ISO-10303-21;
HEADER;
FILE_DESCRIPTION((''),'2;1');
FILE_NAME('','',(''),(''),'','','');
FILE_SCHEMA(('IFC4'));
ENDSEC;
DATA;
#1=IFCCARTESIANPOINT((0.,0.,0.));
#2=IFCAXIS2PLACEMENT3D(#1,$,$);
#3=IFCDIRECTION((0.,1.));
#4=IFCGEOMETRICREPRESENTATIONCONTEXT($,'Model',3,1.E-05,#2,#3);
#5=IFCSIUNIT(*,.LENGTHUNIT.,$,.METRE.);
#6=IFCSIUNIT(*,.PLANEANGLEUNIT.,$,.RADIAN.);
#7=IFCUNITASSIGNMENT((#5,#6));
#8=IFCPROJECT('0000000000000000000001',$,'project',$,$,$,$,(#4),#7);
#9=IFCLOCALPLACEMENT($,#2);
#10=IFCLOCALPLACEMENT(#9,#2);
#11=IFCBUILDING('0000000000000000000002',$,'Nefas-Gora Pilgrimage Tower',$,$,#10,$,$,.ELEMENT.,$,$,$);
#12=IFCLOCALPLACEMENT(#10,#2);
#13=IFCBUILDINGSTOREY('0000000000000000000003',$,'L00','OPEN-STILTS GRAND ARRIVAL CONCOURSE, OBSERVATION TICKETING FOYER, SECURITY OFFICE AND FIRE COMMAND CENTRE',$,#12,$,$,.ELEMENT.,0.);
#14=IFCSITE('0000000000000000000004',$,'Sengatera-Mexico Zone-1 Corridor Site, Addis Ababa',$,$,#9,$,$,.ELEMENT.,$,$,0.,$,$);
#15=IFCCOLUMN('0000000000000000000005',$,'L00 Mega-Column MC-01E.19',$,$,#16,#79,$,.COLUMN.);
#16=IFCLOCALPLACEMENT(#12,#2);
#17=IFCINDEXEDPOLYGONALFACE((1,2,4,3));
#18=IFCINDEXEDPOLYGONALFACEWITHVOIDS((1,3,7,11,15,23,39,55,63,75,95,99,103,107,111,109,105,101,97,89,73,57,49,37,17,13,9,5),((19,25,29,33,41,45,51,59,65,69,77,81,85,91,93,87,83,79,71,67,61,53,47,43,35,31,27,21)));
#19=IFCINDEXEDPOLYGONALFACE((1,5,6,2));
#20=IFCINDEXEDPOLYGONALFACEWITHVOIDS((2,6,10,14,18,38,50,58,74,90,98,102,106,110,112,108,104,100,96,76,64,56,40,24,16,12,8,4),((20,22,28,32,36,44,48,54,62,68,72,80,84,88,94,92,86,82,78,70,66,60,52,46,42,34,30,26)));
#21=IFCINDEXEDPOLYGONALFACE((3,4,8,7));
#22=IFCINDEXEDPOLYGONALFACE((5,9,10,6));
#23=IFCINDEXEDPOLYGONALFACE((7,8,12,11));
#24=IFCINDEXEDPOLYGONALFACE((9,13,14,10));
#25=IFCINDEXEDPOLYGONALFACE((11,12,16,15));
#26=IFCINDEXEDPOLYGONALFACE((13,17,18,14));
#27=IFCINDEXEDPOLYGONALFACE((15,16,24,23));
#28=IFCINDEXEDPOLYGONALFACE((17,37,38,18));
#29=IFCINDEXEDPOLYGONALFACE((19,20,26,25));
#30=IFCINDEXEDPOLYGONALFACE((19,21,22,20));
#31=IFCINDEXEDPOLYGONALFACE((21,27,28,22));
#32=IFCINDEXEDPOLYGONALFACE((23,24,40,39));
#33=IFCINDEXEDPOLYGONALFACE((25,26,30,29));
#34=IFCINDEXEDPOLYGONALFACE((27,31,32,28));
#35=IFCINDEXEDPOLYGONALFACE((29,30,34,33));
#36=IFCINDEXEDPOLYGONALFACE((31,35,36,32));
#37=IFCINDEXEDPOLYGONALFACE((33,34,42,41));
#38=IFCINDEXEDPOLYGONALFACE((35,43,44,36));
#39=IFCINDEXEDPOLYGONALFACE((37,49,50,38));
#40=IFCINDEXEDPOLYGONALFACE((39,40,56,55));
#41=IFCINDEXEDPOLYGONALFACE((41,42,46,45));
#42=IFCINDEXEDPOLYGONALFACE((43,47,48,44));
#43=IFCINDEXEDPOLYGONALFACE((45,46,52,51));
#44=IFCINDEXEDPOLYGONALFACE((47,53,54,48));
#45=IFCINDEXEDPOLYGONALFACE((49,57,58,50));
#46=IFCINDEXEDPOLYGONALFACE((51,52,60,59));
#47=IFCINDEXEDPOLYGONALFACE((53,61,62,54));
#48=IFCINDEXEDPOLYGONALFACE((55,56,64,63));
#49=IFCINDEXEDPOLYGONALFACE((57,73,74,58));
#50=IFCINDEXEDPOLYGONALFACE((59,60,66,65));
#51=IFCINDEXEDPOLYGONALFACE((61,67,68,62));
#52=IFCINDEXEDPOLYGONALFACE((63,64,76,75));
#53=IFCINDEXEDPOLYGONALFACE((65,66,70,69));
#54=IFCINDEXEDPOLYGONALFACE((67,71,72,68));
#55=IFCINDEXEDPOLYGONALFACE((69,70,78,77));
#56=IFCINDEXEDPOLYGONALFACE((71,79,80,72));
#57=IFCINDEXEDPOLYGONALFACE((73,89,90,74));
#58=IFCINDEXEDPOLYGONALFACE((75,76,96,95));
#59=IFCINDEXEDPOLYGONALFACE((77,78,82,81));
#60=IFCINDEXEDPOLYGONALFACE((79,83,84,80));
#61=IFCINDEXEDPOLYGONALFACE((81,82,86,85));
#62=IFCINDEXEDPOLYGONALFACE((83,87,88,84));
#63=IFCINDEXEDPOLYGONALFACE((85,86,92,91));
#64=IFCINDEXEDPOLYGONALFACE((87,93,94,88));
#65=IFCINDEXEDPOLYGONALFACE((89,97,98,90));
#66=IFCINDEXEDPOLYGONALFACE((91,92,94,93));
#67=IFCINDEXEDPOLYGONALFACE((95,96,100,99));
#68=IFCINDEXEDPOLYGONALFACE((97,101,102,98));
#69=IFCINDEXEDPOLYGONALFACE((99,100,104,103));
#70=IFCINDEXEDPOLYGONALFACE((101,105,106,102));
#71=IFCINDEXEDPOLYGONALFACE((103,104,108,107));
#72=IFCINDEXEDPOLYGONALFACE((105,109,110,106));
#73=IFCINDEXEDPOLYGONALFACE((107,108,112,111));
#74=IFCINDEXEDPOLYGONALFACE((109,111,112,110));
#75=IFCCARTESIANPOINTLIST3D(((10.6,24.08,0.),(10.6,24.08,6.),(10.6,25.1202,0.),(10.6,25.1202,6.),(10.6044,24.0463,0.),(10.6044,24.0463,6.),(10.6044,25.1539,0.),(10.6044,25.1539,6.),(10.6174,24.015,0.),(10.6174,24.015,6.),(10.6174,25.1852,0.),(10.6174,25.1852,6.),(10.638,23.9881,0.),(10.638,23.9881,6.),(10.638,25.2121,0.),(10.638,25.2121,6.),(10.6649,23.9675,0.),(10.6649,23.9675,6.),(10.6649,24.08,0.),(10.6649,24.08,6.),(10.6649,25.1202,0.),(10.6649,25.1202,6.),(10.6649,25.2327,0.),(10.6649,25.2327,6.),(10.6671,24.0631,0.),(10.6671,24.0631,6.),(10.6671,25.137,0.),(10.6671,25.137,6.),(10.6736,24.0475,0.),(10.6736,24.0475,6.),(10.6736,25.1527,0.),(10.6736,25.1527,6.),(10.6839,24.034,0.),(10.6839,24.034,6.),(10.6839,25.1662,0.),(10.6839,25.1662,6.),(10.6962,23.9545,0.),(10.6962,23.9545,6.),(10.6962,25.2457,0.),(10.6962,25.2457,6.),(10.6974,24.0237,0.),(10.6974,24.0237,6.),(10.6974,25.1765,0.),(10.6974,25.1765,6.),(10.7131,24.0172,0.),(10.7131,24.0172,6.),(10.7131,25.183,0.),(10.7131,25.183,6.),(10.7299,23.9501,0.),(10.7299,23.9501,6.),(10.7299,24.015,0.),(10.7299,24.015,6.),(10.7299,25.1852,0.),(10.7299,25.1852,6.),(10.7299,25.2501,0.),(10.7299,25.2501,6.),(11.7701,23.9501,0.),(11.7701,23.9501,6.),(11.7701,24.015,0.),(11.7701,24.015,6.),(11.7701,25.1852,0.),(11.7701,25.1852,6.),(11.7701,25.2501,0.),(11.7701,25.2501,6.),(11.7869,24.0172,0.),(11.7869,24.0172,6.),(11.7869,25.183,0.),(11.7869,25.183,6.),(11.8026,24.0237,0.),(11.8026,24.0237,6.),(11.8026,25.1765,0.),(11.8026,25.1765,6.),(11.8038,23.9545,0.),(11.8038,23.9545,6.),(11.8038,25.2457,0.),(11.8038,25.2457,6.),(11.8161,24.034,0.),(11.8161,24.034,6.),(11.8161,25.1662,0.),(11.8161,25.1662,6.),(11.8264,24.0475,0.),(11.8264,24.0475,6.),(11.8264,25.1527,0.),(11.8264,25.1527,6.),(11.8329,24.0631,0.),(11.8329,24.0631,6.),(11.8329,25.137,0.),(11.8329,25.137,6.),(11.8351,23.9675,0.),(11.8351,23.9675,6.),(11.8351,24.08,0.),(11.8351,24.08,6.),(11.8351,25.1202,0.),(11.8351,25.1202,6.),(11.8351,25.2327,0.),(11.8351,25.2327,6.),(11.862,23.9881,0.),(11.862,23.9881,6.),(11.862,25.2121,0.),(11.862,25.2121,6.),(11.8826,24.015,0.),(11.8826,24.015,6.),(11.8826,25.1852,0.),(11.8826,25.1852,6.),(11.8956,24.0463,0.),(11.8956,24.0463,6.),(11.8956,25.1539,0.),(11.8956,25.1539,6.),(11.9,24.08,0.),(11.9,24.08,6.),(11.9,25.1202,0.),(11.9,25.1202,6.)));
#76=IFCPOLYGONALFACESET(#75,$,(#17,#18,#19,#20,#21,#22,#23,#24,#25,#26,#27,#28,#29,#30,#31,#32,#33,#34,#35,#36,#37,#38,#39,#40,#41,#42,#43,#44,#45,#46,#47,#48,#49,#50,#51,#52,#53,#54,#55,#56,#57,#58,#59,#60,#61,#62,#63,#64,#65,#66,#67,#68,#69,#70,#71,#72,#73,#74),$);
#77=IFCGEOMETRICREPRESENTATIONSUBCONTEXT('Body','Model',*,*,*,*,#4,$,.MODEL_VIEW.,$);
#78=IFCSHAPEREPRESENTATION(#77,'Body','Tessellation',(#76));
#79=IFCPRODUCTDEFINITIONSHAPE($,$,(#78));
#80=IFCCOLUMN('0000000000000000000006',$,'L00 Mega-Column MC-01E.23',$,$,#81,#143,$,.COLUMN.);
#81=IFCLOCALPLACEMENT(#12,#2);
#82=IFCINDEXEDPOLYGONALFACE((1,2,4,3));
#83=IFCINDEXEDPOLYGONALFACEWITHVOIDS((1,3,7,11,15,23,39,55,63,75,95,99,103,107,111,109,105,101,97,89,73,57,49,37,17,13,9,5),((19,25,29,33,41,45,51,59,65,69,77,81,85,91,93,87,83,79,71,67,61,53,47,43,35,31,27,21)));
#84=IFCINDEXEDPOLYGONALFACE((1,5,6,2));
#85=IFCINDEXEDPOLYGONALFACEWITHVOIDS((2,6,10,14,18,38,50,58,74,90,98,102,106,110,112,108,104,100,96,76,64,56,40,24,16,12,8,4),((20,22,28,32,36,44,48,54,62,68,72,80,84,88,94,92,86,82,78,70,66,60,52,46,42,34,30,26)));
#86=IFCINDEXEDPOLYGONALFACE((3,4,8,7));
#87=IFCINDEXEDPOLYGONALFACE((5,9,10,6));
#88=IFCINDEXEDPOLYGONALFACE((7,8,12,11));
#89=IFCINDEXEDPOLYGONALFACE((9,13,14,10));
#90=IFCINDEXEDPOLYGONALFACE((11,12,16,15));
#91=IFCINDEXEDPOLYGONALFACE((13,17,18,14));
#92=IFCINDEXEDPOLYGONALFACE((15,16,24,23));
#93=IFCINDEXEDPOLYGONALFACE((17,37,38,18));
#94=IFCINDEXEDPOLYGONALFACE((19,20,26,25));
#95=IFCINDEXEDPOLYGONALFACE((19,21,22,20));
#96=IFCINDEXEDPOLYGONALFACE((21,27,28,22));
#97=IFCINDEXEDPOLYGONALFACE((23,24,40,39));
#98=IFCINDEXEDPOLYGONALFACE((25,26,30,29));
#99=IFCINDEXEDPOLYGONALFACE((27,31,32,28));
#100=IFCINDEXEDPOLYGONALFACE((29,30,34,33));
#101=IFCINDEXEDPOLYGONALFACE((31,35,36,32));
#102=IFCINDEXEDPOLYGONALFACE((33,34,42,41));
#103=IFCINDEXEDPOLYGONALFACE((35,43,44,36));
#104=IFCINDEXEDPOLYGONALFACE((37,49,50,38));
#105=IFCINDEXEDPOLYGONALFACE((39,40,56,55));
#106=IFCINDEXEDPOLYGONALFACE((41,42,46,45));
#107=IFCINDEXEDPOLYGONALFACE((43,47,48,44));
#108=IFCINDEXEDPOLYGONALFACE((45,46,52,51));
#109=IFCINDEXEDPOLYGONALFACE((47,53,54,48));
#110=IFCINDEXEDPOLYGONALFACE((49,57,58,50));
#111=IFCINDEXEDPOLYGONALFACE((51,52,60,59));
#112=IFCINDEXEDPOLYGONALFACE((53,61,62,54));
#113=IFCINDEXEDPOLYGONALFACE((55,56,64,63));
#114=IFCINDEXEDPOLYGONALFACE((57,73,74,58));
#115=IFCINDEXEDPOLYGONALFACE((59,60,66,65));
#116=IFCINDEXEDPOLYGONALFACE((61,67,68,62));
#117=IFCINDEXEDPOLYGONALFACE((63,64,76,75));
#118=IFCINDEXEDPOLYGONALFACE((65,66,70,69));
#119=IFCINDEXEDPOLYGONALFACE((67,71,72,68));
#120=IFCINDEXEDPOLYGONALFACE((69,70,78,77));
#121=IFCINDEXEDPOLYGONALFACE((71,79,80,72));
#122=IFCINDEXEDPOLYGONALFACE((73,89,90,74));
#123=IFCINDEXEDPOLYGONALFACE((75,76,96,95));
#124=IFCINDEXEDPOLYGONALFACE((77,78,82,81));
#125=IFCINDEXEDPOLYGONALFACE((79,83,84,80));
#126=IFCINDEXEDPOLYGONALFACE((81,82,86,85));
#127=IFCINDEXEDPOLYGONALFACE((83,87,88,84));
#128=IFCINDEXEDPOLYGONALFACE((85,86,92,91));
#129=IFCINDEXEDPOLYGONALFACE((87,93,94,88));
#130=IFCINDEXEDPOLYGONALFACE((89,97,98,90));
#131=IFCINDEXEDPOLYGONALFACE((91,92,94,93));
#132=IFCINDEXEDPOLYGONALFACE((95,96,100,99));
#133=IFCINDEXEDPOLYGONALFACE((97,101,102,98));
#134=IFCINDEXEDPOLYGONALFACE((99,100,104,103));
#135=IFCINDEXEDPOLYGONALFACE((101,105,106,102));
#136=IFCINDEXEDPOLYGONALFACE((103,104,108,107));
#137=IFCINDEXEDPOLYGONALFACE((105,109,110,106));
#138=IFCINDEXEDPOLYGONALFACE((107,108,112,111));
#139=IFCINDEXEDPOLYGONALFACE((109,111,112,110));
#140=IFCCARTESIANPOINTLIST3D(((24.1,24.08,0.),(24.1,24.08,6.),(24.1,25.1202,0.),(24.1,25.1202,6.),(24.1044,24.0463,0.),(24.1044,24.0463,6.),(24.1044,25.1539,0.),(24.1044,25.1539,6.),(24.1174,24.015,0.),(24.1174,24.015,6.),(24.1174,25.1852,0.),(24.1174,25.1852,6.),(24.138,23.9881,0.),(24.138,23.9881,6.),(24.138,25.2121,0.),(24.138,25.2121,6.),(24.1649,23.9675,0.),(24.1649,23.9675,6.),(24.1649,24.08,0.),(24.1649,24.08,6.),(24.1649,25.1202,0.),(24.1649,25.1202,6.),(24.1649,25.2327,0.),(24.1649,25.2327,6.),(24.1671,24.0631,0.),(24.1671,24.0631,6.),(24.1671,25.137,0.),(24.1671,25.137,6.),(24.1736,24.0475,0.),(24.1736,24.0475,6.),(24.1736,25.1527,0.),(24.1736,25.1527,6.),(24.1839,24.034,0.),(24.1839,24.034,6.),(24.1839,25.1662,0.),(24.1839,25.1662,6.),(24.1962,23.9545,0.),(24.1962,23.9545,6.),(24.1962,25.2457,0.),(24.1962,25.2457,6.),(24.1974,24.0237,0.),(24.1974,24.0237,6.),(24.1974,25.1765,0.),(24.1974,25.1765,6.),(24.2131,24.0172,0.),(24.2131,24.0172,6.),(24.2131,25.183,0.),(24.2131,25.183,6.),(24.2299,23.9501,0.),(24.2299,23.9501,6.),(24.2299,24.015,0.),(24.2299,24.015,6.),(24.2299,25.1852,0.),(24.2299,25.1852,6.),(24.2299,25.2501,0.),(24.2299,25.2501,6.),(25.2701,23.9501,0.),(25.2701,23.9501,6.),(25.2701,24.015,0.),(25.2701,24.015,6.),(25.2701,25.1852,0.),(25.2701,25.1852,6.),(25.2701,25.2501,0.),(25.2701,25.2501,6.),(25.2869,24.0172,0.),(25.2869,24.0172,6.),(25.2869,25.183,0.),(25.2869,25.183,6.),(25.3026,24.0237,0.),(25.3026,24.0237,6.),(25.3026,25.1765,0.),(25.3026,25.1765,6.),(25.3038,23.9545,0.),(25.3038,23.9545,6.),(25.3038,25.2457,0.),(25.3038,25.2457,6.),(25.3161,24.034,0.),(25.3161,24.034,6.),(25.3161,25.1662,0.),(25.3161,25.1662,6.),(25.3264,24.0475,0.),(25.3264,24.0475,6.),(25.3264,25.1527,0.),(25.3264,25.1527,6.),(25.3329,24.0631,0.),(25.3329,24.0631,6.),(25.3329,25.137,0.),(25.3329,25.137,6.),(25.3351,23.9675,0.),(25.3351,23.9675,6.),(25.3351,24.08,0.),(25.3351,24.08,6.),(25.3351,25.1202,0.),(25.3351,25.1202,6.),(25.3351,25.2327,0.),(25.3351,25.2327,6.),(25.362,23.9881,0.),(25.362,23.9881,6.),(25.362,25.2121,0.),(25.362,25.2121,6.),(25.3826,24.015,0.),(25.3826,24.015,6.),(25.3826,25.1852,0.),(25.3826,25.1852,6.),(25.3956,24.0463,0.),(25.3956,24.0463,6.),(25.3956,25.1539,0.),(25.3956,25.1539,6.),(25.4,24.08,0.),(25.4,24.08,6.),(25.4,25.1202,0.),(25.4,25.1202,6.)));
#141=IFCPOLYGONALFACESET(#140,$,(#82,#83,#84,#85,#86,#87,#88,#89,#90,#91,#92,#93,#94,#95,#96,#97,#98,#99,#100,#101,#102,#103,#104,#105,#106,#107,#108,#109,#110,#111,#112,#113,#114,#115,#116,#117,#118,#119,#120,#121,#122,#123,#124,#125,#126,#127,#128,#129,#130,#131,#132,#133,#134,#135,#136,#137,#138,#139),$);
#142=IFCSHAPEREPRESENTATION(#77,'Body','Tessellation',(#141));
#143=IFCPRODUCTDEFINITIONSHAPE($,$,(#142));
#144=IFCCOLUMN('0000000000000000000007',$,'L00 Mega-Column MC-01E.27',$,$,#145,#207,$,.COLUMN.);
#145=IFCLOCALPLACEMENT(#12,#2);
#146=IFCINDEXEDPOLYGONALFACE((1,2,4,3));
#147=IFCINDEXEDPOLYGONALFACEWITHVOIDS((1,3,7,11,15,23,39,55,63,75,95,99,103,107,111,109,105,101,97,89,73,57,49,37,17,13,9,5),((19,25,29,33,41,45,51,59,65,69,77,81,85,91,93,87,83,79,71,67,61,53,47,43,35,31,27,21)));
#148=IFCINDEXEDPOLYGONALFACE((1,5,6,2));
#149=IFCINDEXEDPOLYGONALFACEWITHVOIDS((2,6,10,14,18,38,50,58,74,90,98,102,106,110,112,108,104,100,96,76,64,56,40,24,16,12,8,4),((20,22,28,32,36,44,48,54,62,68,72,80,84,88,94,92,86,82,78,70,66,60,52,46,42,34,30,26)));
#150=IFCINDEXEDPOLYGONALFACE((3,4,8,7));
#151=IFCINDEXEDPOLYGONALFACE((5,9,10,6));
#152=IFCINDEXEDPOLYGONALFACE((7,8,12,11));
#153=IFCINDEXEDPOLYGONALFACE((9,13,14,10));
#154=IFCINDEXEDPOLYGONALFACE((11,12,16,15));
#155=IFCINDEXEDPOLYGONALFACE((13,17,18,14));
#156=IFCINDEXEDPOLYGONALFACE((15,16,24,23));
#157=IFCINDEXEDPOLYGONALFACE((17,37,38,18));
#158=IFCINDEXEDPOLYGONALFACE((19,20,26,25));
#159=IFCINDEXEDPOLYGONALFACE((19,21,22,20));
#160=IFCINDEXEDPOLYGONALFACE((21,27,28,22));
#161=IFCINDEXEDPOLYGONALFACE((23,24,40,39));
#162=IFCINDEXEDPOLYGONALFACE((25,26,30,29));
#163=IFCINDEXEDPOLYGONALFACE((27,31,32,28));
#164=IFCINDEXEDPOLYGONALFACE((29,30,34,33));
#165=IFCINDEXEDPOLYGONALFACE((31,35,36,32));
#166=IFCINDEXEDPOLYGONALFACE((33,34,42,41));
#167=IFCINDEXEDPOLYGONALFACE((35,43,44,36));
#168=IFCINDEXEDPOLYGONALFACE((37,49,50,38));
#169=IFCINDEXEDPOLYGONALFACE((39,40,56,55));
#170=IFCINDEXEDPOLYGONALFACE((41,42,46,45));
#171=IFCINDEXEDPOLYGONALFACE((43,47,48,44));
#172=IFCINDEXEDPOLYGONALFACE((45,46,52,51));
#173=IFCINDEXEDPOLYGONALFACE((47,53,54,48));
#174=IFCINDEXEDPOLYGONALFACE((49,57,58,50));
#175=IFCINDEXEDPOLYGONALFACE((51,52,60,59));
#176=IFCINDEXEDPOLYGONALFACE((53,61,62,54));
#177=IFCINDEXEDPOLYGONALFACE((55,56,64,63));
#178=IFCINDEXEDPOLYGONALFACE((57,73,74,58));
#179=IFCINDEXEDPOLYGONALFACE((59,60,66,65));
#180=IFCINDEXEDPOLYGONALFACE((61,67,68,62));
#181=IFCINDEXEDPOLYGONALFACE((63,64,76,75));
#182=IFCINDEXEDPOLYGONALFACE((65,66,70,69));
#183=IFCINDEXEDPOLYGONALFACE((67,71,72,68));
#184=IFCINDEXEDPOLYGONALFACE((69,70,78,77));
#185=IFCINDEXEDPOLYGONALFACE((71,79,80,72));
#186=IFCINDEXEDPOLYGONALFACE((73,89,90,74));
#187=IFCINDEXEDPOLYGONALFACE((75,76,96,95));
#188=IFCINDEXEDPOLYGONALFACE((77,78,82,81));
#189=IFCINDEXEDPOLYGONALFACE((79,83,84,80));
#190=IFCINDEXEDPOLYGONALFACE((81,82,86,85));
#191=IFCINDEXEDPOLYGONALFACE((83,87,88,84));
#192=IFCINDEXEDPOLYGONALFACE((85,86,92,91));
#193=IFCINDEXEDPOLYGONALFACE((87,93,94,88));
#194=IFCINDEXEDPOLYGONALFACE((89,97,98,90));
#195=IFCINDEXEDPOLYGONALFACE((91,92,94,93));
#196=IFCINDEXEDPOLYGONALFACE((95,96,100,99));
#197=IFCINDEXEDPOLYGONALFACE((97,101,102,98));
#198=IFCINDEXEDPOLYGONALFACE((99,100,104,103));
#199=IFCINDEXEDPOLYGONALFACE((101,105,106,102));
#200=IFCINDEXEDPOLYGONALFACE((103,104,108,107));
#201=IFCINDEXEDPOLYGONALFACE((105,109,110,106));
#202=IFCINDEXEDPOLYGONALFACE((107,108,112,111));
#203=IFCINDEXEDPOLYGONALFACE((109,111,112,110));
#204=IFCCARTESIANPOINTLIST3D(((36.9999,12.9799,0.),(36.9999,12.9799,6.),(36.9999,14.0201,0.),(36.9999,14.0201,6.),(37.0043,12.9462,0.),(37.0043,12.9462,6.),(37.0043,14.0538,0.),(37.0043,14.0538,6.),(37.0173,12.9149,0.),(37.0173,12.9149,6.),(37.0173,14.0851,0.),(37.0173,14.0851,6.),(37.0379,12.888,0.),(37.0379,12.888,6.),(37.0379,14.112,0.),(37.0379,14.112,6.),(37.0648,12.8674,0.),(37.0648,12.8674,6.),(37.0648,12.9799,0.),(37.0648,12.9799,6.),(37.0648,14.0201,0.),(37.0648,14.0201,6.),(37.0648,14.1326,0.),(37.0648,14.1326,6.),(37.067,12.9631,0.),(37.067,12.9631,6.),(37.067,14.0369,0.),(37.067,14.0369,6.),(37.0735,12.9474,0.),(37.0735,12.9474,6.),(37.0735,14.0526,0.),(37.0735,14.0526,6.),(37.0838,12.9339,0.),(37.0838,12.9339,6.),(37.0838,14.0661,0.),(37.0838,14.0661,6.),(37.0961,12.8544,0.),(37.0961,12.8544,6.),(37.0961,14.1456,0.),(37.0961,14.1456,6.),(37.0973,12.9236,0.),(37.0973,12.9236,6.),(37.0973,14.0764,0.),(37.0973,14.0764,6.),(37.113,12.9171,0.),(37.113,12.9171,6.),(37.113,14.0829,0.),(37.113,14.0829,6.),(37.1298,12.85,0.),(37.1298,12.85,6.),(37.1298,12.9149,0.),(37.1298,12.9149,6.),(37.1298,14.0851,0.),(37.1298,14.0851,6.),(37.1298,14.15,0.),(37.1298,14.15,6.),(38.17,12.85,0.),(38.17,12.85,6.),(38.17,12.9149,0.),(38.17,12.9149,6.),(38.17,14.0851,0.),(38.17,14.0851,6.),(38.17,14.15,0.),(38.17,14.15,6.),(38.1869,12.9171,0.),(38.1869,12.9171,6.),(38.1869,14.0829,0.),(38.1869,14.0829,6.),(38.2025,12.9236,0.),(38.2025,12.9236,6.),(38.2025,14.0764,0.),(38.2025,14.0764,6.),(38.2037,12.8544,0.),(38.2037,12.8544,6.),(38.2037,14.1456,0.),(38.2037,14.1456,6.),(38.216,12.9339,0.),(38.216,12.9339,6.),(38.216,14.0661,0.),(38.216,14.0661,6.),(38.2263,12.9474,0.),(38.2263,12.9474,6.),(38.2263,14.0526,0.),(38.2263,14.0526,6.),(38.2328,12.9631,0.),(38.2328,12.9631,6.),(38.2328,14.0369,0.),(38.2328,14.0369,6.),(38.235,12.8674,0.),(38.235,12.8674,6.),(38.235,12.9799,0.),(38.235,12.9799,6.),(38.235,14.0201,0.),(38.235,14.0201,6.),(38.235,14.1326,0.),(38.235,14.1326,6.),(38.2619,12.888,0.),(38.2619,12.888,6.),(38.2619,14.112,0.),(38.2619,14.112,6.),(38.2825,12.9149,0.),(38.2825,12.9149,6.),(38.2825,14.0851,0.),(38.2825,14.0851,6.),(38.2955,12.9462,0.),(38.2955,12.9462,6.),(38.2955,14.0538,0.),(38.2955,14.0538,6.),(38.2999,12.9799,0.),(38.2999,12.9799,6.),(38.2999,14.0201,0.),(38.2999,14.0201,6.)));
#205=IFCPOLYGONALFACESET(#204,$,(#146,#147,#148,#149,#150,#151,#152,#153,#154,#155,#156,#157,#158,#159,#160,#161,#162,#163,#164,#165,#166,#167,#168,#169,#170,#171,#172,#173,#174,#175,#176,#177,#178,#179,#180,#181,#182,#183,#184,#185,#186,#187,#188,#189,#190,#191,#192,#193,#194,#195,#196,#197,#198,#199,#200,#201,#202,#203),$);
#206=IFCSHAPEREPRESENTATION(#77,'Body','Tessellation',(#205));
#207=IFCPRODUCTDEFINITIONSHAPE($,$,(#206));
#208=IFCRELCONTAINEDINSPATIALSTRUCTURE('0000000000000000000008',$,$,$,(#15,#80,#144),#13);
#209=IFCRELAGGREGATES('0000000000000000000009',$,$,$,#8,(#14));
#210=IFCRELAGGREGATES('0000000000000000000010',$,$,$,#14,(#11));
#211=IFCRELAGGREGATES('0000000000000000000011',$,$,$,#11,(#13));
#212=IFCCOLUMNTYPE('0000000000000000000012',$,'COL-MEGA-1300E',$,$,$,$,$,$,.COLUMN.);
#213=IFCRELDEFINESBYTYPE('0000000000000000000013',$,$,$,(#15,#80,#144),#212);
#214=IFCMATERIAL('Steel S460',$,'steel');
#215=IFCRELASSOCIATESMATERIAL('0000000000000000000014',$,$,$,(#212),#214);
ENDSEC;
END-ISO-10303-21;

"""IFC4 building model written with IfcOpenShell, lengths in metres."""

from ifc_helpers import new_model, si_unit, direction, frame, origin, origin_2d, place, context, subcontext, project, spatial, hollow_rectangle, extrude, source, transform, mapped, material, material_profile, profile_set, type_object, element, save


model = new_model("IFC4")

# Units and contexts
model_context = context("Model", 3, precision=1e-05, world=origin(), true_north=direction((0.0, 1.0)))
body_context = subcontext(model_context, "Body", "Model", "MODEL_VIEW")
ifc_project = project(units=[si_unit("LENGTHUNIT", "METRE"), si_unit("PLANEANGLEUNIT", "RADIAN")], contexts=[model_context])

# Site, building, storey
site_placement = place(None, origin())
site = spatial("IfcSite", under=ifc_project, at=site_placement, Name="Sengatera-Mexico Zone-1 Corridor Site, Addis Ababa", CompositionType="ELEMENT", RefElevation=0.0)
building_placement = place(site_placement, origin())
building = spatial("IfcBuilding", under=site, at=building_placement, Name="Nefas-Gora Pilgrimage Tower", CompositionType="ELEMENT")
storey_placement = place(building_placement, origin())
storey = spatial("IfcBuildingStorey", under=building, at=storey_placement, Name="L00", Description="OPEN-STILTS GRAND ARRIVAL CONCOURSE, OBSERVATION TICKETING FOYER, SECURITY OFFICE AND FIRE COMMAND CENTRE", CompositionType="ELEMENT", Elevation=0.0)

# Columns
ifc_material_1 = material(Name="Steel S460", Category="steel")
ifc_material_profile_1 = material_profile(ifc_material_1, hollow_rectangle(XDim=1.3, YDim=1.3, WallThickness=0.0649, InnerFilletRadius=0.0649, OuterFilletRadius=0.1299, at=origin_2d()), Name="BOX 1300x1300x65")
ifc_profile_set_1 = profile_set([ifc_material_profile_1], Name="Steel S460")
column_type_1 = type_object("IfcColumnType", Name="COL-MEGA-1300E", PredefinedType="COLUMN", material=ifc_profile_set_1)
shared_shape_1 = source(origin(), body_context, "Body", "SweptSolid", [
    extrude(hollow_rectangle(XDim=1.3, YDim=1.3, WallThickness=0.0649, InnerFilletRadius=0.0649, OuterFilletRadius=0.1299, at=origin_2d()), origin(), (0.0, 0.0, 1.0), 6.0),
])
for number, where, z_axis, x_axis, name in (
    (1, (11.25, 24.6001, 0.0), (0.0, 0.0, 1.0), (1.0, 0.0, 0.0), "L00 Mega-Column MC-01E.19"),
    (2, (24.75, 24.6001, 0.0), (0.0, 0.0, 1.0), (1.0, 0.0, 0.0), "L00 Mega-Column MC-01E.23"),
    (3, (37.6499, 13.5, 0.0), (0.0, 0.0, 1.0), (1.0, 0.0, 0.0), "L00 Mega-Column MC-01E.27"),
):
    element("IfcColumn", number, at=place(storey_placement, frame(where, z_axis=z_axis, x_axis=x_axis)), inside=storey, type_object=column_type_1, Name=name, PredefinedType="COLUMN", context=body_context, shape_type="MappedRepresentation", body=[
        mapped(shared_shape_1, transform((0.0, 0.0, 0.0), x_axis=(1.0, 0.0, 0.0), y_axis=(0.0, 1.0, 0.0), z_axis=(0.0, 0.0, 1.0), scale=1.0)),
    ])

save(model, "model.ifc")
